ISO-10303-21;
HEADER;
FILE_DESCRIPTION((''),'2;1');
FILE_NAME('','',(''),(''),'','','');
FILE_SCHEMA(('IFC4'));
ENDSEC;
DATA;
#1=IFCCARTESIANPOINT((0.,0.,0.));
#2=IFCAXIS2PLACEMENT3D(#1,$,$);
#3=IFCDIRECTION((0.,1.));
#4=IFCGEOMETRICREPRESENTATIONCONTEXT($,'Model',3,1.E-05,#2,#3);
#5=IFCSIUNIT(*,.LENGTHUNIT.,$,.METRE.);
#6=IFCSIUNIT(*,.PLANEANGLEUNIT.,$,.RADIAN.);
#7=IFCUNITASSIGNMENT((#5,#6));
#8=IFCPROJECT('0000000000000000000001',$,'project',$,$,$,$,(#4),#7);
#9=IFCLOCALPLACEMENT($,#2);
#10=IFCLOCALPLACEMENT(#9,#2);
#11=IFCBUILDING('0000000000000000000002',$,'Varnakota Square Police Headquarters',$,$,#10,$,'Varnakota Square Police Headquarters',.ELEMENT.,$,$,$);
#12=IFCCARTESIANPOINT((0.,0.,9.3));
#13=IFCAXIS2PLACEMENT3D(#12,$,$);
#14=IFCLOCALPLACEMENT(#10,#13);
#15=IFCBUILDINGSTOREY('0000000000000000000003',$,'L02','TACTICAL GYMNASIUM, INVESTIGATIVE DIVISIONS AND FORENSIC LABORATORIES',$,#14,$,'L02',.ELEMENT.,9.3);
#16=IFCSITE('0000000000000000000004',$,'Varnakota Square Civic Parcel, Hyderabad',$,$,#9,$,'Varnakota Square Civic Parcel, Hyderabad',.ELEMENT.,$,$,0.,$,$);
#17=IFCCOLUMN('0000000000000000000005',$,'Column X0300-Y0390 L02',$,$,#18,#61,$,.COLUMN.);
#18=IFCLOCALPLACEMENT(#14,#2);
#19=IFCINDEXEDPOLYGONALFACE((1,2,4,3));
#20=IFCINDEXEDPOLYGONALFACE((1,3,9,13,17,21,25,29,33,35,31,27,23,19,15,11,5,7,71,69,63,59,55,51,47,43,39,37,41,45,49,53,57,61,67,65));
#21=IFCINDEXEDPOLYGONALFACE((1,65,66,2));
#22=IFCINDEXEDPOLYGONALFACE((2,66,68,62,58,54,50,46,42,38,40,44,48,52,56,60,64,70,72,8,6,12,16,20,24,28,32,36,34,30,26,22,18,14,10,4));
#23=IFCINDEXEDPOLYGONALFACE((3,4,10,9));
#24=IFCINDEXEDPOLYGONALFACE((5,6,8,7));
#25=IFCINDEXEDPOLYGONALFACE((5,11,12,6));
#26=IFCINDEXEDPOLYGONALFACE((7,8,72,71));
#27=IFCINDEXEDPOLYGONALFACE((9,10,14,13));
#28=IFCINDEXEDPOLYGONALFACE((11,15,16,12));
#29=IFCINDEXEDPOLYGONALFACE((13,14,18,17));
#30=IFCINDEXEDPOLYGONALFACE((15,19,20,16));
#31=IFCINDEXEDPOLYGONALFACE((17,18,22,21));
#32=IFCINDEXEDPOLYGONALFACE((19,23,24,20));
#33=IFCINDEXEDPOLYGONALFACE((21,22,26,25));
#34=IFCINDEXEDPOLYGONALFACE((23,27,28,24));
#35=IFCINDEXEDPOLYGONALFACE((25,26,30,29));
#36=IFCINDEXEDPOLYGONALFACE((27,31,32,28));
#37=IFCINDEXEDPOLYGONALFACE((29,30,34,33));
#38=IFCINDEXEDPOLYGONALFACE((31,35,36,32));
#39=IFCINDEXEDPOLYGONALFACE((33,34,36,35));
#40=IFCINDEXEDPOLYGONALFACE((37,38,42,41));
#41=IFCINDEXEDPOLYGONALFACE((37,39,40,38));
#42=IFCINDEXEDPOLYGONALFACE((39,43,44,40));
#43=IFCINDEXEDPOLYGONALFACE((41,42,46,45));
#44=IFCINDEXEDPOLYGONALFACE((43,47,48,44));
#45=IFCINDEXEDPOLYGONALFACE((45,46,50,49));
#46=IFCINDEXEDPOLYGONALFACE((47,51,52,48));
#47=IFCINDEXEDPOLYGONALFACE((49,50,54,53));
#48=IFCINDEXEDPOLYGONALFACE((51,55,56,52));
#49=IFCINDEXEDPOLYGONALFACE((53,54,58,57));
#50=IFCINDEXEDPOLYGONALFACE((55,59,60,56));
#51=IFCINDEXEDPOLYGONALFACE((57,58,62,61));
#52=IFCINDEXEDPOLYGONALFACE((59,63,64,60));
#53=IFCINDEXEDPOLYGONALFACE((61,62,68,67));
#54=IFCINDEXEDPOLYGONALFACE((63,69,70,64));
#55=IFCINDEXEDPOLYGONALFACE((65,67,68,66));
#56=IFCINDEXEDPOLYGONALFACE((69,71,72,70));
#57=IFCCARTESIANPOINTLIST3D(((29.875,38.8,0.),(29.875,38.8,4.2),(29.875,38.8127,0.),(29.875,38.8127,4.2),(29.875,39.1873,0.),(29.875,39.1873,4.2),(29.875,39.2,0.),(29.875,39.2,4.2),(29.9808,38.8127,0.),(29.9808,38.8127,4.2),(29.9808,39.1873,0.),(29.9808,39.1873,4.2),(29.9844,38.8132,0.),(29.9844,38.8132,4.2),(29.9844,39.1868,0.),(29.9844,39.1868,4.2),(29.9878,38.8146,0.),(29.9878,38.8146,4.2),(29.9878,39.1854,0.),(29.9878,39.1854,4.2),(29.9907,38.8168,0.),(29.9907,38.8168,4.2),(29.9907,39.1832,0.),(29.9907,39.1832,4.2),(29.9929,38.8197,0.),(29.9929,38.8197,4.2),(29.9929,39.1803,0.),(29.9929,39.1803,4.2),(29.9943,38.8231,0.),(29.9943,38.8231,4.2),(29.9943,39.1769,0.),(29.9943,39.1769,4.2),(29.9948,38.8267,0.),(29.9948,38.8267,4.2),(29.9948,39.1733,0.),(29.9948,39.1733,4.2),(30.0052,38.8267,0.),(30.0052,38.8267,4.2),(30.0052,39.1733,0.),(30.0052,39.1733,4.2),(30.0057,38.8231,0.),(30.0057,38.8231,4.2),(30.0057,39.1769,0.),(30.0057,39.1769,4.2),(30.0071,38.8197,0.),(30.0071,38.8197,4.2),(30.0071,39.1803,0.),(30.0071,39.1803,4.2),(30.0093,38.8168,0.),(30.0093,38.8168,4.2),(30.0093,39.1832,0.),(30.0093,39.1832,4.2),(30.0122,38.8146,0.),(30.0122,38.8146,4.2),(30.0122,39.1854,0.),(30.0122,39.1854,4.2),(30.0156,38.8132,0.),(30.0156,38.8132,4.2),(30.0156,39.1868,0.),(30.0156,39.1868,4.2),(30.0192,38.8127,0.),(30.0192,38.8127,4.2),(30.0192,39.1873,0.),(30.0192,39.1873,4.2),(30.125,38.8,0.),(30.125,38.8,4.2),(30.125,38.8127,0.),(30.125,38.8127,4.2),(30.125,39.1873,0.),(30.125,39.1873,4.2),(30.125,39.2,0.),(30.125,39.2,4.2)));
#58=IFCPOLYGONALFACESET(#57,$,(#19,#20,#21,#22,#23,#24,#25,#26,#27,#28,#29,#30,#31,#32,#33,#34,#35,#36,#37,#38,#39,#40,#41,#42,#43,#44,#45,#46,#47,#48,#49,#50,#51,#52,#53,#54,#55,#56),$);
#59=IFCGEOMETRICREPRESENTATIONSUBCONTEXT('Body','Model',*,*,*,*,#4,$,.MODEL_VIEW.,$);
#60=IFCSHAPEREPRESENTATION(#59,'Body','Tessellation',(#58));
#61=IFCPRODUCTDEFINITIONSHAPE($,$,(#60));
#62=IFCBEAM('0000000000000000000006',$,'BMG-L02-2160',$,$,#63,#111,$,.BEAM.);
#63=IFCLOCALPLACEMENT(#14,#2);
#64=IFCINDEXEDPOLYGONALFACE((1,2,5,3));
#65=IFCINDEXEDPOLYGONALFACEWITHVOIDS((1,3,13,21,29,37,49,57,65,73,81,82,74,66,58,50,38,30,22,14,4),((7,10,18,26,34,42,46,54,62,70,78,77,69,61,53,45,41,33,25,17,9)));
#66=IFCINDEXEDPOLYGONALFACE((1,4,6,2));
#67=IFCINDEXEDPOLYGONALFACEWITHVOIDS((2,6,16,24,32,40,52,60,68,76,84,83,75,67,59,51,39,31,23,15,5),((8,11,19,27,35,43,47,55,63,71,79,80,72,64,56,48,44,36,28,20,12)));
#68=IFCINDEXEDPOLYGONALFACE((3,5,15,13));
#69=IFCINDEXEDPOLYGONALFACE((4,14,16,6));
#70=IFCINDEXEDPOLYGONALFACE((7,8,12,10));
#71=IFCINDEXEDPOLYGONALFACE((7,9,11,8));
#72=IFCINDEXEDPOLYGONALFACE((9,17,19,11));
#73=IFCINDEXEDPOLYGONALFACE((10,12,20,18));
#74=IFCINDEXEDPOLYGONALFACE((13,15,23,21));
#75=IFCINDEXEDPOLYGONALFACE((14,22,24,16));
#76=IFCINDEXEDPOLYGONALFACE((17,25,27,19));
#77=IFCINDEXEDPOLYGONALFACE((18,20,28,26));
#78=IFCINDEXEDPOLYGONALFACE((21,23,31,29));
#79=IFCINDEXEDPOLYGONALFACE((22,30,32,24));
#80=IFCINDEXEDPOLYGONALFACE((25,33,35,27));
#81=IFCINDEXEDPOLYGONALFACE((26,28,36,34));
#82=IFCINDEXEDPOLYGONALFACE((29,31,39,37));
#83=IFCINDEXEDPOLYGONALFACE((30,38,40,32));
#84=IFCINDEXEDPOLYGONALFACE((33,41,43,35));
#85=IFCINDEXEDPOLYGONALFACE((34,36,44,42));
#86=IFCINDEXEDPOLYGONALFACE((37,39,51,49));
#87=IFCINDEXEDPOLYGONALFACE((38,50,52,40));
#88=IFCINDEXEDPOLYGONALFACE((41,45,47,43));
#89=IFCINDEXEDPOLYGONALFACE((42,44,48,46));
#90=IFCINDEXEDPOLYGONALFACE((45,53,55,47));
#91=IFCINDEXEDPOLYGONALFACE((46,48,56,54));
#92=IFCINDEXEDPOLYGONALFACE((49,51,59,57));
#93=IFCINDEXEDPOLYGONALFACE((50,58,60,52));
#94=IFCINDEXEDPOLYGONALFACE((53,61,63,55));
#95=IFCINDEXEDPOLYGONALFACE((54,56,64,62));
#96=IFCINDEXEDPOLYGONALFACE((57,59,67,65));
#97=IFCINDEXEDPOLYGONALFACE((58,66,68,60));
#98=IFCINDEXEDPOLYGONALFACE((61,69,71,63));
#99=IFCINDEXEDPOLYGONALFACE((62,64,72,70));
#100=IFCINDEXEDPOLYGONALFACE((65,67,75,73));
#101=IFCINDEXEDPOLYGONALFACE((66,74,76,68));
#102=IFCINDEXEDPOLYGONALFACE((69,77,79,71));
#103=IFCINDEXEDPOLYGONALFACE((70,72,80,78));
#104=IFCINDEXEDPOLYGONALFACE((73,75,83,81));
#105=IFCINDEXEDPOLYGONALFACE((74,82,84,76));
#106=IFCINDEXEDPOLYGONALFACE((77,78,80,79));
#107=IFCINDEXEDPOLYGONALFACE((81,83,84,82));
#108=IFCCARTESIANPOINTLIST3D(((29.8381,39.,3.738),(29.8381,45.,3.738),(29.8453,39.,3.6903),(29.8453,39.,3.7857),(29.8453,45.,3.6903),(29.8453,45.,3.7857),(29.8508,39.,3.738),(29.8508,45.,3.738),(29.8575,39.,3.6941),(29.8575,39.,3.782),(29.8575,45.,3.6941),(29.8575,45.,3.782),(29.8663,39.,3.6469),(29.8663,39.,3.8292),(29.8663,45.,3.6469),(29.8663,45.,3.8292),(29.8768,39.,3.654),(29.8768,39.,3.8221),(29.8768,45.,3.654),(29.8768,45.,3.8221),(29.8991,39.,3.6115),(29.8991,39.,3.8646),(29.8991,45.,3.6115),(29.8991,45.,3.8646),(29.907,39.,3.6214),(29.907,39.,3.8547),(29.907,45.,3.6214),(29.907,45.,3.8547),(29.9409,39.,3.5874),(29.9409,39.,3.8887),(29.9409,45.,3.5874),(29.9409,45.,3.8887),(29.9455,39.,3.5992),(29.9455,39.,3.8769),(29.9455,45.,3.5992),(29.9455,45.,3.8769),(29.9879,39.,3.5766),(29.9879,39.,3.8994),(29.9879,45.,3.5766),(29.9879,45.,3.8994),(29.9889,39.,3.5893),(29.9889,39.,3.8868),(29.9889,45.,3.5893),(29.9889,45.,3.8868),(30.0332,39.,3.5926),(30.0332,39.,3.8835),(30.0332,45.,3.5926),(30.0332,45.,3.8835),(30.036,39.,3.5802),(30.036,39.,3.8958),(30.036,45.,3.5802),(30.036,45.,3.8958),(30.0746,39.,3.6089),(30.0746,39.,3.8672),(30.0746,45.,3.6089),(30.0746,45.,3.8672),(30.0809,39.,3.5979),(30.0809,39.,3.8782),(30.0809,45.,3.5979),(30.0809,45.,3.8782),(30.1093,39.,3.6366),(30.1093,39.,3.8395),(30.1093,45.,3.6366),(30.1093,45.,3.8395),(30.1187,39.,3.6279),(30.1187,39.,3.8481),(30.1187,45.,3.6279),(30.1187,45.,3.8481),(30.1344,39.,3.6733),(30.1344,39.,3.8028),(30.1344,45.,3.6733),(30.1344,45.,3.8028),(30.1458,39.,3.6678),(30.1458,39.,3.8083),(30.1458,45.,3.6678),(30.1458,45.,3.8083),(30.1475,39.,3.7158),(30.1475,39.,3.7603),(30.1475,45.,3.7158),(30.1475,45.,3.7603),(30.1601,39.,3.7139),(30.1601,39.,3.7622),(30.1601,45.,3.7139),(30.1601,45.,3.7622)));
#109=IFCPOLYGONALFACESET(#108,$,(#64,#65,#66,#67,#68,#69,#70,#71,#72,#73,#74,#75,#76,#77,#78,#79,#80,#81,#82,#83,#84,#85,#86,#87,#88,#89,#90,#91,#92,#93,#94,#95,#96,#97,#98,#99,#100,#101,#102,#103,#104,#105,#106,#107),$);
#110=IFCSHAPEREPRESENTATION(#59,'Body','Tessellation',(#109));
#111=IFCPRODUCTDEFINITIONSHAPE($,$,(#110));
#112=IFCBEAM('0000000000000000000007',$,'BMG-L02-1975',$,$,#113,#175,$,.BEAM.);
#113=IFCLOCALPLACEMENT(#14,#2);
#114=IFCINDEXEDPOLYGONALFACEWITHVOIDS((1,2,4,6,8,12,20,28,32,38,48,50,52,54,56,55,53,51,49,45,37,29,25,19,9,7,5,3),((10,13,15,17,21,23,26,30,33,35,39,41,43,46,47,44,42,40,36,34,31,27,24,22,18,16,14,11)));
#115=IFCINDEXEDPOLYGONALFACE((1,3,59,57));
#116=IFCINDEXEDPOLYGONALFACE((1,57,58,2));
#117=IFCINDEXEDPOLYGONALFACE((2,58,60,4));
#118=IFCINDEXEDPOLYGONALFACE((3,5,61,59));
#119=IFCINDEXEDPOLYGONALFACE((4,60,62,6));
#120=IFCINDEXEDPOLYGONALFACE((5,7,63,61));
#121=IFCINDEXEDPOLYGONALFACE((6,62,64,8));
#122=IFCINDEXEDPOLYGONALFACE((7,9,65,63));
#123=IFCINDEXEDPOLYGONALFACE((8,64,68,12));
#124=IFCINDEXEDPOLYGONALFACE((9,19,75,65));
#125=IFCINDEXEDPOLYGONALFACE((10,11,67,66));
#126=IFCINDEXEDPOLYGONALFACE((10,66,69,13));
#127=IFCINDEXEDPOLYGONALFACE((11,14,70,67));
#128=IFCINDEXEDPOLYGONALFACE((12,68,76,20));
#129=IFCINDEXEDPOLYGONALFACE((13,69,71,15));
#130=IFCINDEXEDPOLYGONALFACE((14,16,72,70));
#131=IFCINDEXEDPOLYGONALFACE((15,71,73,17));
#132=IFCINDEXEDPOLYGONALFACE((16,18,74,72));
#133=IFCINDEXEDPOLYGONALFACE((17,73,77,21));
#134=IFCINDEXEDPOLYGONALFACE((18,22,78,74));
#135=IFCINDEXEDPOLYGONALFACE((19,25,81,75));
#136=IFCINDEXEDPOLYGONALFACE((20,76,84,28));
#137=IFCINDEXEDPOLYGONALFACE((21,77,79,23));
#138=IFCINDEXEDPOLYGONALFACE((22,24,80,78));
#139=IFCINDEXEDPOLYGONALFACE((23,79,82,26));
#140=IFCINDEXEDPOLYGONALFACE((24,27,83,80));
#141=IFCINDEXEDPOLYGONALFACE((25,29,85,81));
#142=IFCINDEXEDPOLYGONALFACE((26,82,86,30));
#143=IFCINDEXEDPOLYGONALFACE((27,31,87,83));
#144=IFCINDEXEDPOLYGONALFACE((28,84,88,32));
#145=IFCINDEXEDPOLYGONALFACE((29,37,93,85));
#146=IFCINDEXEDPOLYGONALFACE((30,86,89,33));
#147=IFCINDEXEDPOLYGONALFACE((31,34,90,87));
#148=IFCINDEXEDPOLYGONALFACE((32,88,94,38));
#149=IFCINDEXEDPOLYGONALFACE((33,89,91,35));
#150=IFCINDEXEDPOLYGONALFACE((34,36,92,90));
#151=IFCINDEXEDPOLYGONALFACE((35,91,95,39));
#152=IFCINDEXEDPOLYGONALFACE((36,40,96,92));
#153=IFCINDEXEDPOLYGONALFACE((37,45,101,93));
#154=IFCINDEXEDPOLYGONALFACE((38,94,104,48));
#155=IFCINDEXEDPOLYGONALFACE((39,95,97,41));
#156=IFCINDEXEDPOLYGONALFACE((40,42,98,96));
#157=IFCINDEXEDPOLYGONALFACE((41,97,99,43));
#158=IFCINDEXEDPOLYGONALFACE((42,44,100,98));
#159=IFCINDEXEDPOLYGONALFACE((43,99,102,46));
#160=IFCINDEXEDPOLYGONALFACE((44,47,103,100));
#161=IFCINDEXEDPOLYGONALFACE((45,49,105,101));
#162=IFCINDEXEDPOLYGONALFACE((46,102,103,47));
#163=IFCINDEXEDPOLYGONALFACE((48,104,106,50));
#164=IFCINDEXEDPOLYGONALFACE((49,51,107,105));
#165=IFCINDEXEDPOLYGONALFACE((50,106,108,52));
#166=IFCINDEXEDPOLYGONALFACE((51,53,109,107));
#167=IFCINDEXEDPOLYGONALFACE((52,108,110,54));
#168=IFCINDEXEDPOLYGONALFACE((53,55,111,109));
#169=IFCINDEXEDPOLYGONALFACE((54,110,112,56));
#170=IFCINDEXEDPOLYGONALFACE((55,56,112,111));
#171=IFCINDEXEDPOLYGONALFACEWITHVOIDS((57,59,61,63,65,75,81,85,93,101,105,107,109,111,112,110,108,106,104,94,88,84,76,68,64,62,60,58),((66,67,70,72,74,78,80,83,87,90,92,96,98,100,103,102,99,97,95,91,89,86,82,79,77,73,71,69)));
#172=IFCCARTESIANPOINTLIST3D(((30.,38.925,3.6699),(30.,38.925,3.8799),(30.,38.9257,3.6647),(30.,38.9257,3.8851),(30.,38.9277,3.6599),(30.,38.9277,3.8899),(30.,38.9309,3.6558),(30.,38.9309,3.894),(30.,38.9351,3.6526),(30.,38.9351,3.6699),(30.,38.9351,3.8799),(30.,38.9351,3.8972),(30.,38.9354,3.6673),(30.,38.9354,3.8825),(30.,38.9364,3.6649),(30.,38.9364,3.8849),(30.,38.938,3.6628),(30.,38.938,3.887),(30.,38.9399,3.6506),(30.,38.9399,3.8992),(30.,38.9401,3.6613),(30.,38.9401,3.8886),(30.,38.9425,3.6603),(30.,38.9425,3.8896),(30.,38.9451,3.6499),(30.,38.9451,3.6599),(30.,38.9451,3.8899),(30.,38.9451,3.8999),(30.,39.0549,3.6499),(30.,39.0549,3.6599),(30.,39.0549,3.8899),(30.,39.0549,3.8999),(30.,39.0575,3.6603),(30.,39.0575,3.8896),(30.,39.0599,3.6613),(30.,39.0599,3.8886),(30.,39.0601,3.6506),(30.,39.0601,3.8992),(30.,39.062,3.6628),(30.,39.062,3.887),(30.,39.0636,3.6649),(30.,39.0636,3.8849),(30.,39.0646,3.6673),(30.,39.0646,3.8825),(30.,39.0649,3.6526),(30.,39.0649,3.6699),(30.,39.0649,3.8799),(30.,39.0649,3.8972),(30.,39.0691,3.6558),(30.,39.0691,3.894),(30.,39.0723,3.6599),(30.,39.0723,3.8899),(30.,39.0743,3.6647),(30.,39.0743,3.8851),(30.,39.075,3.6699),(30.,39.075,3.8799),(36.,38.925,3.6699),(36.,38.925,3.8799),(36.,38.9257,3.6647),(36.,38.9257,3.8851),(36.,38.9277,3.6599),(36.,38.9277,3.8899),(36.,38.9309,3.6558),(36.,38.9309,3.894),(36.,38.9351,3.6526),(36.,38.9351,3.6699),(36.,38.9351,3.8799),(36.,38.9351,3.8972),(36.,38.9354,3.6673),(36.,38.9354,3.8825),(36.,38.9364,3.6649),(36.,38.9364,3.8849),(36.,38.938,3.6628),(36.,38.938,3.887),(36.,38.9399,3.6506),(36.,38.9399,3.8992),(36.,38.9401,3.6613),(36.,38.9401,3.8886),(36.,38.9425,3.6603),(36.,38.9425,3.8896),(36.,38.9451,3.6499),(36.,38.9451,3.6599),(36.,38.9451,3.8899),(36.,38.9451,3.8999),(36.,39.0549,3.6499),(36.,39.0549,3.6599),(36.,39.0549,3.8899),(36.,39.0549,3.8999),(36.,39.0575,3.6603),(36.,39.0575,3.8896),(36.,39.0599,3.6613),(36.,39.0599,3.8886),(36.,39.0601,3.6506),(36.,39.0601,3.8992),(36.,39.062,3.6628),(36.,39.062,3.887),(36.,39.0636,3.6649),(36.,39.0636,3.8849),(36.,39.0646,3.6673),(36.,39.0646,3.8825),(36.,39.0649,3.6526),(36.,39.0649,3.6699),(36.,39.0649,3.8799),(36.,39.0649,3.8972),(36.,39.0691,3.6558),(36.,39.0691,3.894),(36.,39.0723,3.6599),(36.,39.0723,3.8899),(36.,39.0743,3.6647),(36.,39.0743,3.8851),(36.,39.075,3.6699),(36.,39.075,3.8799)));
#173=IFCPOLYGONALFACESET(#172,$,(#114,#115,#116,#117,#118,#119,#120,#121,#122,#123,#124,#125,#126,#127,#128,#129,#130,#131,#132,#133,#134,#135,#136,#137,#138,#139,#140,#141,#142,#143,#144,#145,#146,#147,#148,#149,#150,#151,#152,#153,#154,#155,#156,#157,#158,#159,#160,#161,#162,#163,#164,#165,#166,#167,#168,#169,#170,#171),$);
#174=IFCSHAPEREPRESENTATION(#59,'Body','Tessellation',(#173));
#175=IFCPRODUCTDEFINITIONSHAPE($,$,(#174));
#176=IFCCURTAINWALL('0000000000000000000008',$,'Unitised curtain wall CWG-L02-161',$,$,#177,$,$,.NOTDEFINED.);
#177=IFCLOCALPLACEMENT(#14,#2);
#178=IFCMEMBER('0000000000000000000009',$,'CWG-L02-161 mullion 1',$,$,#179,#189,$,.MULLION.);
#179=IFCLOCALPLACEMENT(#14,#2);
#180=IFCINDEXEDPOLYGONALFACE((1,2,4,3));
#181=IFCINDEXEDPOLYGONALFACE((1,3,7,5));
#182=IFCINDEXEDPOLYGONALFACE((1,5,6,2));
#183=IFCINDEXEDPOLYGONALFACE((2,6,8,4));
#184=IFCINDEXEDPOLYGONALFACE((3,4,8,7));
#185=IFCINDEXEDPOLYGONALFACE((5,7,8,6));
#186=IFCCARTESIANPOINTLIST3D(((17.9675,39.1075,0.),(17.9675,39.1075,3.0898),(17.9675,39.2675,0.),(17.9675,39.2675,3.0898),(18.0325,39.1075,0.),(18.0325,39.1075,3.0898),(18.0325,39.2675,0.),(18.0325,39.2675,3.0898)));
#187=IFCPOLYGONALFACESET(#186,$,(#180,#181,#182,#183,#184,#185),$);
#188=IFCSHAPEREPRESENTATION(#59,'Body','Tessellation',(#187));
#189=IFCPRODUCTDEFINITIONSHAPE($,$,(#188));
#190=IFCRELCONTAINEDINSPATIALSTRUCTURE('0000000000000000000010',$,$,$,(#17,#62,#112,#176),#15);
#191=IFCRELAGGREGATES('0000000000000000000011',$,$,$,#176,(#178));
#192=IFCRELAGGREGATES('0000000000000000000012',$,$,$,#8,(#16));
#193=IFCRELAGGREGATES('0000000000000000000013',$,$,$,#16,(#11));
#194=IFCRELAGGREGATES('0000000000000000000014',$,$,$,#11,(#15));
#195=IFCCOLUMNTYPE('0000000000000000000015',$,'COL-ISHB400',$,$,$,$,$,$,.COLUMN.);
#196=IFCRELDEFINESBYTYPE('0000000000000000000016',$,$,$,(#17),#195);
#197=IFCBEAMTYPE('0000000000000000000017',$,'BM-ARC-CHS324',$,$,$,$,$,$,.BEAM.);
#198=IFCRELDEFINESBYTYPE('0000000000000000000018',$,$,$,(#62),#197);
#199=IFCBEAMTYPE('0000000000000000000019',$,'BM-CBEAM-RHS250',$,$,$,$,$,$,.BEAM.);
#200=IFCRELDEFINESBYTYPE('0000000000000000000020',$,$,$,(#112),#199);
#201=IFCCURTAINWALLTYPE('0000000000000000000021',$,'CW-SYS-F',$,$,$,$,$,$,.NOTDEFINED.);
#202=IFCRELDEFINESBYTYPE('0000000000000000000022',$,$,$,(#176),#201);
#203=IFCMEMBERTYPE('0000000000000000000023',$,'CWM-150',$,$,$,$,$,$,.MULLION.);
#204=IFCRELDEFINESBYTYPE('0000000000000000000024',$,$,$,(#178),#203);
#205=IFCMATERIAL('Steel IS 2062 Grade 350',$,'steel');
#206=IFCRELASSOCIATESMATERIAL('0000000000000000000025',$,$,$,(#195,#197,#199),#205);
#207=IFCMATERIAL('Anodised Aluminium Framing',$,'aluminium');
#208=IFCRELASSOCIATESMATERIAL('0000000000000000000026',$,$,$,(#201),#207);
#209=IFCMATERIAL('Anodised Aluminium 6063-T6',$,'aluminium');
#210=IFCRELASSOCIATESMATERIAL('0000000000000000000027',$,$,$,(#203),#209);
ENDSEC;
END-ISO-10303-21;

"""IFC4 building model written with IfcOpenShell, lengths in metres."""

from ifc_helpers import new_model, si_unit, direction, frame, origin, origin_2d, place, context, subcontext, project, spatial, rectangle, hollow_rectangle, hollow_circle, i_section, extrude, material, material_profile, profile_set, type_object, element, aggregate, save


model = new_model("IFC4")

# Units and contexts
model_context = context("Model", 3, precision=1e-05, world=origin(), true_north=direction((0.0, 1.0)))
body_context = subcontext(model_context, "Body", "Model", "MODEL_VIEW")
ifc_project = project(units=[si_unit("LENGTHUNIT", "METRE"), si_unit("PLANEANGLEUNIT", "RADIAN")], contexts=[model_context])

# Site, building, storey
site_placement = place(None, origin())
site = spatial("IfcSite", under=ifc_project, at=site_placement, Name="Varnakota Square Civic Parcel, Hyderabad", LongName="Varnakota Square Civic Parcel, Hyderabad", CompositionType="ELEMENT", RefElevation=0.0)
building_placement = place(site_placement, origin())
building = spatial("IfcBuilding", under=site, at=building_placement, Name="Varnakota Square Police Headquarters", LongName="Varnakota Square Police Headquarters", CompositionType="ELEMENT")
storey_placement = place(building_placement, frame((0.0, 0.0, 9.3)))
storey = spatial("IfcBuildingStorey", under=building, at=storey_placement, Name="L02", Description="TACTICAL GYMNASIUM, INVESTIGATIVE DIVISIONS AND FORENSIC LABORATORIES", LongName="L02", CompositionType="ELEMENT", Elevation=9.3)

# Column
ifc_material_1 = material(Name="Steel IS 2062 Grade 350", Category="steel")
ifc_material_profile_1 = material_profile(ifc_material_1, i_section(OverallWidth=0.25, OverallDepth=0.3999, WebThickness=0.0105, FlangeThickness=0.0127, FilletRadius=0.0139, at=origin_2d()), Name="ISHB 400")
ifc_profile_set_1 = profile_set([ifc_material_profile_1], Name="Steel IS 2062 Grade 350")
column_type = type_object("IfcColumnType", Name="COL-ISHB400", PredefinedType="COLUMN", material=ifc_profile_set_1)
column_placement = place(storey_placement, frame((30.0, 39.0, 0.0), z_axis=(0.0, 0.0, 1.0), x_axis=(1.0, 0.0, 0.0)))
element("IfcColumn", 1, at=column_placement, inside=storey, type_object=column_type, Name="Column X0300-Y0390 L02", PredefinedType="COLUMN", context=body_context, shape_type="SweptSolid", body=[
    extrude(i_section(OverallWidth=0.25, OverallDepth=0.3999, WebThickness=0.0105, FlangeThickness=0.0127, FilletRadius=0.0139, at=origin_2d()), origin(), (0.0, 0.0, 1.0), 4.2),
])

# Beams
ifc_material_profile_2 = material_profile(ifc_material_1, hollow_circle(Radius=0.1619, WallThickness=0.0127, at=origin_2d()), Name="CHS 323.9x12.7")
ifc_profile_set_2 = profile_set([ifc_material_profile_2], Name="Steel IS 2062 Grade 350")
beam_type_1 = type_object("IfcBeamType", Name="BM-ARC-CHS324", PredefinedType="BEAM", material=ifc_profile_set_2)
beam_1_placement = place(storey_placement, frame((30.0, 39.0, 3.738), z_axis=(0.0, 1.0, 0.0), x_axis=(-1.0, 0.0, 0.0)))
element("IfcBeam", 2, at=beam_1_placement, inside=storey, type_object=beam_type_1, Name="BMG-L02-2160", PredefinedType="BEAM", context=body_context, shape_type="SweptSolid", body=[
    extrude(hollow_circle(Radius=0.1619, WallThickness=0.0127, at=origin_2d()), origin(), (0.0, 0.0, 1.0), 6.0),
])
ifc_material_profile_3 = material_profile(ifc_material_1, hollow_rectangle(XDim=0.1499, YDim=0.25, WallThickness=0.01, InnerFilletRadius=0.01, OuterFilletRadius=0.02, at=origin_2d()), Name="RHS 250x150x10")
ifc_profile_set_3 = profile_set([ifc_material_profile_3], Name="Steel IS 2062 Grade 350")
beam_type_2 = type_object("IfcBeamType", Name="BM-CBEAM-RHS250", PredefinedType="BEAM", material=ifc_profile_set_3)
beam_2_placement = place(storey_placement, frame((30.0, 39.0, 3.7749), z_axis=(1.0, 0.0, 0.0), x_axis=(0.0, 1.0, 0.0)))
element("IfcBeam", 3, at=beam_2_placement, inside=storey, type_object=beam_type_2, Name="BMG-L02-1975", PredefinedType="BEAM", context=body_context, shape_type="SweptSolid", body=[
    extrude(hollow_rectangle(XDim=0.1499, YDim=0.25, WallThickness=0.01, InnerFilletRadius=0.01, OuterFilletRadius=0.02, at=origin_2d()), origin(), (0.0, 0.0, 1.0), 6.0),
])

# Curtain wall, member
ifc_material_2 = material(Name="Anodised Aluminium Framing", Category="aluminium")
curtain_wall_type = type_object("IfcCurtainWallType", Name="CW-SYS-F", PredefinedType="NOTDEFINED", material=ifc_material_2)
curtain_wall_1_placement = place(storey_placement, origin())
curtain_wall_1 = element("IfcCurtainWall", 4, at=curtain_wall_1_placement, inside=storey, type_object=curtain_wall_type, Name="Unitised curtain wall CWG-L02-161", PredefinedType="NOTDEFINED")
ifc_material_3 = material(Name="Anodised Aluminium 6063-T6", Category="aluminium")
ifc_material_profile_4 = material_profile(ifc_material_3, rectangle(XDim=0.0649, YDim=0.1599, at=origin_2d()), Name="ALU MULLION 65x160")
ifc_profile_set_4 = profile_set([ifc_material_profile_4], Name="Anodised Aluminium 6063-T6")
member_type_1 = type_object("IfcMemberType", Name="CWM-150", PredefinedType="MULLION", material=ifc_profile_set_4)
member_1_placement = place(storey_placement, frame((18.0, 39.1875, 0.0), z_axis=(0.0, 0.0, 1.0), x_axis=(-1.0, 0.0, 0.0)))
member_1 = element("IfcMember", 5, at=member_1_placement, type_object=member_type_1, Name="CWG-L02-161 mullion 1", PredefinedType="MULLION", context=body_context, shape_type="SweptSolid", body=[
    extrude(rectangle(XDim=0.0649, YDim=0.1599, at=origin_2d()), origin(), (0.0, 0.0, 1.0), 3.0898),
])

aggregate(curtain_wall_1, [member_1])

save(model, "model.ifc")
